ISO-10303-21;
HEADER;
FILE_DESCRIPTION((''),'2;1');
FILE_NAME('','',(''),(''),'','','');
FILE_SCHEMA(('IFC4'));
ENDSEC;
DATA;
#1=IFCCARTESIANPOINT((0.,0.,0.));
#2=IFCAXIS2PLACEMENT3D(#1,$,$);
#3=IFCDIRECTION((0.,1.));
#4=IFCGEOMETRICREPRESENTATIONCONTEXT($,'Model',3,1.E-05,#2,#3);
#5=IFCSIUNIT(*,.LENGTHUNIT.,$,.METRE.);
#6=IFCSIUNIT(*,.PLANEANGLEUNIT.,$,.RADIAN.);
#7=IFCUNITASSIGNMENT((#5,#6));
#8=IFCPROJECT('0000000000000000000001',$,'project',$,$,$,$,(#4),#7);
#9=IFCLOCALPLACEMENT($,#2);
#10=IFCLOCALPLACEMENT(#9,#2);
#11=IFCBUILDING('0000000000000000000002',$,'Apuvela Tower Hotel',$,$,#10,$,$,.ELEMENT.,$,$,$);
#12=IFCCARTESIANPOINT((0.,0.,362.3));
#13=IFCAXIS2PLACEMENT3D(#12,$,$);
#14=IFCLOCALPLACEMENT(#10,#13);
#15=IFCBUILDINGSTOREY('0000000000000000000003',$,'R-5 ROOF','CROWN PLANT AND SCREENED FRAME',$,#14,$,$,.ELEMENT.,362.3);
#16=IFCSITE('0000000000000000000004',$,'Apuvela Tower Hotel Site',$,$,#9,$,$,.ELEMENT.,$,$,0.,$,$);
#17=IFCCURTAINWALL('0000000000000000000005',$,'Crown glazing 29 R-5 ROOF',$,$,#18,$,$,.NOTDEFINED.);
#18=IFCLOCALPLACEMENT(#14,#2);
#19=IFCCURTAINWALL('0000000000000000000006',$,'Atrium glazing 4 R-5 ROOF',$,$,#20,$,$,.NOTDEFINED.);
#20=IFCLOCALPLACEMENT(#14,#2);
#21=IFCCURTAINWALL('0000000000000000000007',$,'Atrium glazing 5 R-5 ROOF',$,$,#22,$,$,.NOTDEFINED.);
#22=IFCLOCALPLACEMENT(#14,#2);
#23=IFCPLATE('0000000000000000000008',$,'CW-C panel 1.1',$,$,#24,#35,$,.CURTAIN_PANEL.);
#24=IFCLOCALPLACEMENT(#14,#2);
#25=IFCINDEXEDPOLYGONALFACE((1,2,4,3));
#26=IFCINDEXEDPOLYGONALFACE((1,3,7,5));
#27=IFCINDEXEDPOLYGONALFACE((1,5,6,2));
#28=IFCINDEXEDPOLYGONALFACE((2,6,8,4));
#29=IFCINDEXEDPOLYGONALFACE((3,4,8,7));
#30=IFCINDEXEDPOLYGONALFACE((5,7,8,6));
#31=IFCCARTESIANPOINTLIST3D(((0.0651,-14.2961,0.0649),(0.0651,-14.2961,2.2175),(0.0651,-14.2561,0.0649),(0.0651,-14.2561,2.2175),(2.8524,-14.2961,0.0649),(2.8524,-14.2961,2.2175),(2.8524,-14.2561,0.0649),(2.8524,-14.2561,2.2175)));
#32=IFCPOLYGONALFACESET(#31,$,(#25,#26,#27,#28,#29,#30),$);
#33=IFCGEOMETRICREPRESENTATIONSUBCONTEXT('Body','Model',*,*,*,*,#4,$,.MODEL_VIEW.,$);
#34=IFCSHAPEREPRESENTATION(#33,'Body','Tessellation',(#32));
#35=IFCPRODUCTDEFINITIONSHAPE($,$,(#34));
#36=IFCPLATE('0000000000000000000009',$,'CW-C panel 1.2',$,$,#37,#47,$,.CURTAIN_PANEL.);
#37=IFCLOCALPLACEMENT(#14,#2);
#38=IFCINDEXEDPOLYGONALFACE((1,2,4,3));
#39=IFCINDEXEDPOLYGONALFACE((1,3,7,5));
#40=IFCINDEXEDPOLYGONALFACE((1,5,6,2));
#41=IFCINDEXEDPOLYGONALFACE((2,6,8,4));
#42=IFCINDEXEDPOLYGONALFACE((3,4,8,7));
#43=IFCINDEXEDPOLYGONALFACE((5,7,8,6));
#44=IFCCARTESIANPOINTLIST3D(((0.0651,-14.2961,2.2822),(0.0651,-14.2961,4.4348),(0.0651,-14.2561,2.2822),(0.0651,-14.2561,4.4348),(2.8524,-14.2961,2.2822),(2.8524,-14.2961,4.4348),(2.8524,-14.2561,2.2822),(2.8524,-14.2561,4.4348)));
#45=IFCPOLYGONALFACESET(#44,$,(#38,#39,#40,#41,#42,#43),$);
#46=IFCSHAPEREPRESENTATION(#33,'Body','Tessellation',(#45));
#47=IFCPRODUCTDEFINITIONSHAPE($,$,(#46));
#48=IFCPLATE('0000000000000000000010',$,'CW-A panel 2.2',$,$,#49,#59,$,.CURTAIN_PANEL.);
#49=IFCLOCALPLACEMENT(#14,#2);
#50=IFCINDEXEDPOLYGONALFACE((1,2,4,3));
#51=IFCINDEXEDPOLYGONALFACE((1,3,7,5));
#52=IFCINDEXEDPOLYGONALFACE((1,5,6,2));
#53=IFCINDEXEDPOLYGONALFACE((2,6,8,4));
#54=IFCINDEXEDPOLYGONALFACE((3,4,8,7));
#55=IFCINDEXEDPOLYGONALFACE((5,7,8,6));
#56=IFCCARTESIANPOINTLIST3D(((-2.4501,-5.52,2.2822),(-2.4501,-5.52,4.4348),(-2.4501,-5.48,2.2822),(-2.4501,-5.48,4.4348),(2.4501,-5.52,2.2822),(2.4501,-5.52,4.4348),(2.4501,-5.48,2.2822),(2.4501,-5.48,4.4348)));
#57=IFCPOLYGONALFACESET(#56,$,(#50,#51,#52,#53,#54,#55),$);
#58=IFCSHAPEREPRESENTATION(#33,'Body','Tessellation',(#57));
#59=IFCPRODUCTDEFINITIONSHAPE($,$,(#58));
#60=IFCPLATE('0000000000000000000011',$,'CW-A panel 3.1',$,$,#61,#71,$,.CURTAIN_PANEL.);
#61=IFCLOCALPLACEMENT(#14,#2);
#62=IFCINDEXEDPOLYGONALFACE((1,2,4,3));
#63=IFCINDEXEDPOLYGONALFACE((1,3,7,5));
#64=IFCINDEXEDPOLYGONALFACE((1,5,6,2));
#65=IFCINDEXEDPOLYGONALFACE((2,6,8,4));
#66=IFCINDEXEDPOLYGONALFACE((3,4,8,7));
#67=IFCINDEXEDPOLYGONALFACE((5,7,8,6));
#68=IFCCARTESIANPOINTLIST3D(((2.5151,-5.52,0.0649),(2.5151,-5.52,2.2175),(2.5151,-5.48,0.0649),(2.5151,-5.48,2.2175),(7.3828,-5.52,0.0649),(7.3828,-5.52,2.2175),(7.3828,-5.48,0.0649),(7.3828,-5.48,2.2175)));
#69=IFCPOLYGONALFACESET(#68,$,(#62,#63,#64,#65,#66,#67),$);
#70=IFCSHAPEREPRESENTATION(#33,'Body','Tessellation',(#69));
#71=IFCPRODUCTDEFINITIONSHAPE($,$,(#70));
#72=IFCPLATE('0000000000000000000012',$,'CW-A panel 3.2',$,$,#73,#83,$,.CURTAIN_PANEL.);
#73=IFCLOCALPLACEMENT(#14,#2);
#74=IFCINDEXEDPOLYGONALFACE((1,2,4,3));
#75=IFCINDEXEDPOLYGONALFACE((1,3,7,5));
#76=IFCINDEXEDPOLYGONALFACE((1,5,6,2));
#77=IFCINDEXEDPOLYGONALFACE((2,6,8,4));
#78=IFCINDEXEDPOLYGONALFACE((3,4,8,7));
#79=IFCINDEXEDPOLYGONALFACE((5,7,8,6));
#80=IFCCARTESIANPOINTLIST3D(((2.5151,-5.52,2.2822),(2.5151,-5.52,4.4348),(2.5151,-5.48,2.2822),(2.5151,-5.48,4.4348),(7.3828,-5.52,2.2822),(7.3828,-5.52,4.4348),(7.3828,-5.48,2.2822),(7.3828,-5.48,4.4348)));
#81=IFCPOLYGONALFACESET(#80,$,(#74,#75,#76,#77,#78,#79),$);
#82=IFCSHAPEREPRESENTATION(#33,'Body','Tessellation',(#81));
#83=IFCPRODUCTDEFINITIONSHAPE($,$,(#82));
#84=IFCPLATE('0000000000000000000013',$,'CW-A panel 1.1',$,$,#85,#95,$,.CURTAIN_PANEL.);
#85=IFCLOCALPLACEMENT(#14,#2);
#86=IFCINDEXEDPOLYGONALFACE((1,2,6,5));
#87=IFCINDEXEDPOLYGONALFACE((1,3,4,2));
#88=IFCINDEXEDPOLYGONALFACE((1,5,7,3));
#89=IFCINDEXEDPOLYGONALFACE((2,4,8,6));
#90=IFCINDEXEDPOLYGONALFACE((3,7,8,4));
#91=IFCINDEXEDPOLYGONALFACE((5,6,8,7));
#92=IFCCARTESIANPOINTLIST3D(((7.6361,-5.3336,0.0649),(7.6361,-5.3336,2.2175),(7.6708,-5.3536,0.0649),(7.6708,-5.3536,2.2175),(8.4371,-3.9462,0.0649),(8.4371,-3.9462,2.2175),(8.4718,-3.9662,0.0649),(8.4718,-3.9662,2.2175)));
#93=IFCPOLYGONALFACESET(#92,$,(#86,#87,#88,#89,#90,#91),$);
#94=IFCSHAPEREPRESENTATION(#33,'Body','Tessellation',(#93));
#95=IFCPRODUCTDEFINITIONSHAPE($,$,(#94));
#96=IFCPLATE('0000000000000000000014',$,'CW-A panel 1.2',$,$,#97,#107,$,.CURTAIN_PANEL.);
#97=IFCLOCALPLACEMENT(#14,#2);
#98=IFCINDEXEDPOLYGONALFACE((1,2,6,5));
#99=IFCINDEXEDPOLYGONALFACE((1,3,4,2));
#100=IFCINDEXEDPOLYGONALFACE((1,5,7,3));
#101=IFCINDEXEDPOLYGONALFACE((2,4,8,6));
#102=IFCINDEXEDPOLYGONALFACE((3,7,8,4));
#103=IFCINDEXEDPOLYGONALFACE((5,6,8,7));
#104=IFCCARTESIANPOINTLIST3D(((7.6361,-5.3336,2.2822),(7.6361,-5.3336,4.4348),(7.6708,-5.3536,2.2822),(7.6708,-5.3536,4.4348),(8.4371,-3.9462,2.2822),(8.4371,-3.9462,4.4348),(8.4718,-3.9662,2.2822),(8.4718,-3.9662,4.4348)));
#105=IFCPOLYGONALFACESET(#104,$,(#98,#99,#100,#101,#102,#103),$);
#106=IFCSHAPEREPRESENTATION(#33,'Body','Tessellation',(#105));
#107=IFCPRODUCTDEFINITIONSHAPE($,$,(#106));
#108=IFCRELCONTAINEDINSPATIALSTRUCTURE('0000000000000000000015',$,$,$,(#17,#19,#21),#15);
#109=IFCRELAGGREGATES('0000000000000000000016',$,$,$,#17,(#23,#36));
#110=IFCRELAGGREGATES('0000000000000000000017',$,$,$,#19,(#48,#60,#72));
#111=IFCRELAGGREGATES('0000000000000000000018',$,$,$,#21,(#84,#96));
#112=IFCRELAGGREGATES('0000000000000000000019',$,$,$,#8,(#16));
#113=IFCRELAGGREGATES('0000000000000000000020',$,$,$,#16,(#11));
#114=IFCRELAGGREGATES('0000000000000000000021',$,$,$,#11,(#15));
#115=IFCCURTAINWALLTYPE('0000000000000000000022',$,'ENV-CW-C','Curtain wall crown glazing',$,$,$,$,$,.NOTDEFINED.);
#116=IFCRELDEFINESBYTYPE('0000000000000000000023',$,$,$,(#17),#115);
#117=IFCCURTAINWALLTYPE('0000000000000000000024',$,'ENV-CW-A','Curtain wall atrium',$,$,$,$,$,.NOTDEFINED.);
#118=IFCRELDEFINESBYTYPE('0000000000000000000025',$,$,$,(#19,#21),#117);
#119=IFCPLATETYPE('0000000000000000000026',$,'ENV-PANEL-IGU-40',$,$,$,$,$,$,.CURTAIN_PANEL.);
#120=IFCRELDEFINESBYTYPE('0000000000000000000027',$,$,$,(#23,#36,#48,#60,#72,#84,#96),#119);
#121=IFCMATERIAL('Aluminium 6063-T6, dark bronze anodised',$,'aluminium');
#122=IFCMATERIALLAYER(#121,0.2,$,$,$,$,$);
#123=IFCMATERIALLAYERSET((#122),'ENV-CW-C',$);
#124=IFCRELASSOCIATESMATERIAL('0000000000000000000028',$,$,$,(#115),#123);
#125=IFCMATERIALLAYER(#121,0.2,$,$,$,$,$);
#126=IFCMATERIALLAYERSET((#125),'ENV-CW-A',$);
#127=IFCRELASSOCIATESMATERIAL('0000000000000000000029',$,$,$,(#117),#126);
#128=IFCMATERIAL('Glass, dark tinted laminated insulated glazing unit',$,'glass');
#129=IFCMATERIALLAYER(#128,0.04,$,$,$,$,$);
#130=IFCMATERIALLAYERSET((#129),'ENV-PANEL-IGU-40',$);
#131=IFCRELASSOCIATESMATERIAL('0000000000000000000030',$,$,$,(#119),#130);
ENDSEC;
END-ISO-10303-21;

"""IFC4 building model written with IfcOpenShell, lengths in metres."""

from ifc_helpers import new_model, si_unit, direction, frame, origin, origin_2d, place, context, subcontext, project, spatial, rectangle, extrude, material, layer, layer_set, type_object, element, aggregate, save


model = new_model("IFC4")

# Units and contexts
model_context = context("Model", 3, precision=1e-05, world=origin(), true_north=direction((0.0, 1.0)))
body_context = subcontext(model_context, "Body", "Model", "MODEL_VIEW")
ifc_project = project(units=[si_unit("LENGTHUNIT", "METRE"), si_unit("PLANEANGLEUNIT", "RADIAN")], contexts=[model_context])

# Site, building, storey
site_placement = place(None, origin())
site = spatial("IfcSite", under=ifc_project, at=site_placement, Name="Apuvela Tower Hotel Site", CompositionType="ELEMENT", RefElevation=0.0)
building_placement = place(site_placement, origin())
building = spatial("IfcBuilding", under=site, at=building_placement, Name="Apuvela Tower Hotel", CompositionType="ELEMENT")
storey_placement = place(building_placement, frame((0.0, 0.0, 362.3)))
storey = spatial("IfcBuildingStorey", under=building, at=storey_placement, Name="R-5 ROOF", Description="CROWN PLANT AND SCREENED FRAME", CompositionType="ELEMENT", Elevation=362.3)

# Curtain walls
ifc_material_1 = material(Name="Aluminium 6063-T6, dark bronze anodised", Category="aluminium")
ifc_layer_1 = layer(ifc_material_1, 0.2)
ifc_layer_set_1 = layer_set([ifc_layer_1], Name="ENV-CW-C")
curtain_wall_type_1 = type_object("IfcCurtainWallType", Name="ENV-CW-C", Description="Curtain wall crown glazing", PredefinedType="NOTDEFINED", material=ifc_layer_set_1)
curtain_wall_1_placement = place(storey_placement, origin())
curtain_wall_1 = element("IfcCurtainWall", 1, at=curtain_wall_1_placement, inside=storey, type_object=curtain_wall_type_1, Name="Crown glazing 29 R-5 ROOF", PredefinedType="NOTDEFINED")
ifc_layer_2 = layer(ifc_material_1, 0.2)
ifc_layer_set_2 = layer_set([ifc_layer_2], Name="ENV-CW-A")
curtain_wall_type_2 = type_object("IfcCurtainWallType", Name="ENV-CW-A", Description="Curtain wall atrium", PredefinedType="NOTDEFINED", material=ifc_layer_set_2)
curtain_wall_2_placement = place(storey_placement, origin())
curtain_wall_2 = element("IfcCurtainWall", 2, at=curtain_wall_2_placement, inside=storey, type_object=curtain_wall_type_2, Name="Atrium glazing 4 R-5 ROOF", PredefinedType="NOTDEFINED")
curtain_wall_3_placement = place(storey_placement, origin())
curtain_wall_3 = element("IfcCurtainWall", 3, at=curtain_wall_3_placement, inside=storey, type_object=curtain_wall_type_2, Name="Atrium glazing 5 R-5 ROOF", PredefinedType="NOTDEFINED")

# Plates
ifc_material_2 = material(Name="Glass, dark tinted laminated insulated glazing unit", Category="glass")
ifc_layer_3 = layer(ifc_material_2, 0.04)
ifc_layer_set_3 = layer_set([ifc_layer_3], Name="ENV-PANEL-IGU-40")
plate_type_1 = type_object("IfcPlateType", Name="ENV-PANEL-IGU-40", PredefinedType="CURTAIN_PANEL", material=ifc_layer_set_3)
plate_1_placement = place(storey_placement, frame((1.4587, -14.2761, 0.0649), z_axis=(0.0, 0.0, 1.0), x_axis=(1.0, 0.0, 0.0)))
plate_1 = element("IfcPlate", 4, at=plate_1_placement, type_object=plate_type_1, Name="CW-C panel 1.1", PredefinedType="CURTAIN_PANEL", context=body_context, shape_type="SweptSolid", body=[
    extrude(rectangle(XDim=2.7874, YDim=0.04, at=origin_2d()), origin(), (0.0, 0.0, 1.0), 2.1526),
])
plate_2_placement = place(storey_placement, frame((1.4587, -14.2761, 2.2822), z_axis=(0.0, 0.0, 1.0), x_axis=(1.0, 0.0, 0.0)))
plate_2 = element("IfcPlate", 5, at=plate_2_placement, type_object=plate_type_1, Name="CW-C panel 1.2", PredefinedType="CURTAIN_PANEL", context=body_context, shape_type="SweptSolid", body=[
    extrude(rectangle(XDim=2.7874, YDim=0.04, at=origin_2d()), origin(), (0.0, 0.0, 1.0), 2.1526),
])
aggregate(curtain_wall_1, [plate_1, plate_2])
plate_3_placement = place(storey_placement, frame((0.0, -5.5, 2.2822), z_axis=(0.0, 0.0, 1.0), x_axis=(1.0, 0.0, 0.0)))
plate_3 = element("IfcPlate", 6, at=plate_3_placement, type_object=plate_type_1, Name="CW-A panel 2.2", PredefinedType="CURTAIN_PANEL", context=body_context, shape_type="SweptSolid", body=[
    extrude(rectangle(XDim=4.9001, YDim=0.04, at=origin_2d()), origin(), (0.0, 0.0, 1.0), 2.1526),
])
plate_4_placement = place(storey_placement, frame((4.949, -5.5, 0.0649), z_axis=(0.0, 0.0, 1.0), x_axis=(1.0, 0.0, 0.0)))
plate_4 = element("IfcPlate", 7, at=plate_4_placement, type_object=plate_type_1, Name="CW-A panel 3.1", PredefinedType="CURTAIN_PANEL", context=body_context, shape_type="SweptSolid", body=[
    extrude(rectangle(XDim=4.8677, YDim=0.04, at=origin_2d()), origin(), (0.0, 0.0, 1.0), 2.1526),
])
plate_5_placement = place(storey_placement, frame((4.949, -5.5, 2.2822), z_axis=(0.0, 0.0, 1.0), x_axis=(1.0, 0.0, 0.0)))
plate_5 = element("IfcPlate", 8, at=plate_5_placement, type_object=plate_type_1, Name="CW-A panel 3.2", PredefinedType="CURTAIN_PANEL", context=body_context, shape_type="SweptSolid", body=[
    extrude(rectangle(XDim=4.8677, YDim=0.04, at=origin_2d()), origin(), (0.0, 0.0, 1.0), 2.1526),
])
aggregate(curtain_wall_2, [plate_3, plate_4, plate_5])
plate_6_placement = place(storey_placement, frame((8.054, -4.6499, 0.0649), z_axis=(0.0, 0.0, 1.0), x_axis=(0.499989, 0.866032, 0.0)))
plate_6 = element("IfcPlate", 9, at=plate_6_placement, type_object=plate_type_1, Name="CW-A panel 1.1", PredefinedType="CURTAIN_PANEL", context=body_context, shape_type="SweptSolid", body=[
    extrude(rectangle(XDim=1.6021, YDim=0.04, at=origin_2d()), origin(), (0.0, 0.0, 1.0), 2.1526),
])
plate_7_placement = place(storey_placement, frame((8.054, -4.6499, 2.2822), z_axis=(0.0, 0.0, 1.0), x_axis=(0.499989, 0.866032, 0.0)))
plate_7 = element("IfcPlate", 10, at=plate_7_placement, type_object=plate_type_1, Name="CW-A panel 1.2", PredefinedType="CURTAIN_PANEL", context=body_context, shape_type="SweptSolid", body=[
    extrude(rectangle(XDim=1.6021, YDim=0.04, at=origin_2d()), origin(), (0.0, 0.0, 1.0), 2.1526),
])
aggregate(curtain_wall_3, [plate_6, plate_7])

save(model, "model.ifc")
